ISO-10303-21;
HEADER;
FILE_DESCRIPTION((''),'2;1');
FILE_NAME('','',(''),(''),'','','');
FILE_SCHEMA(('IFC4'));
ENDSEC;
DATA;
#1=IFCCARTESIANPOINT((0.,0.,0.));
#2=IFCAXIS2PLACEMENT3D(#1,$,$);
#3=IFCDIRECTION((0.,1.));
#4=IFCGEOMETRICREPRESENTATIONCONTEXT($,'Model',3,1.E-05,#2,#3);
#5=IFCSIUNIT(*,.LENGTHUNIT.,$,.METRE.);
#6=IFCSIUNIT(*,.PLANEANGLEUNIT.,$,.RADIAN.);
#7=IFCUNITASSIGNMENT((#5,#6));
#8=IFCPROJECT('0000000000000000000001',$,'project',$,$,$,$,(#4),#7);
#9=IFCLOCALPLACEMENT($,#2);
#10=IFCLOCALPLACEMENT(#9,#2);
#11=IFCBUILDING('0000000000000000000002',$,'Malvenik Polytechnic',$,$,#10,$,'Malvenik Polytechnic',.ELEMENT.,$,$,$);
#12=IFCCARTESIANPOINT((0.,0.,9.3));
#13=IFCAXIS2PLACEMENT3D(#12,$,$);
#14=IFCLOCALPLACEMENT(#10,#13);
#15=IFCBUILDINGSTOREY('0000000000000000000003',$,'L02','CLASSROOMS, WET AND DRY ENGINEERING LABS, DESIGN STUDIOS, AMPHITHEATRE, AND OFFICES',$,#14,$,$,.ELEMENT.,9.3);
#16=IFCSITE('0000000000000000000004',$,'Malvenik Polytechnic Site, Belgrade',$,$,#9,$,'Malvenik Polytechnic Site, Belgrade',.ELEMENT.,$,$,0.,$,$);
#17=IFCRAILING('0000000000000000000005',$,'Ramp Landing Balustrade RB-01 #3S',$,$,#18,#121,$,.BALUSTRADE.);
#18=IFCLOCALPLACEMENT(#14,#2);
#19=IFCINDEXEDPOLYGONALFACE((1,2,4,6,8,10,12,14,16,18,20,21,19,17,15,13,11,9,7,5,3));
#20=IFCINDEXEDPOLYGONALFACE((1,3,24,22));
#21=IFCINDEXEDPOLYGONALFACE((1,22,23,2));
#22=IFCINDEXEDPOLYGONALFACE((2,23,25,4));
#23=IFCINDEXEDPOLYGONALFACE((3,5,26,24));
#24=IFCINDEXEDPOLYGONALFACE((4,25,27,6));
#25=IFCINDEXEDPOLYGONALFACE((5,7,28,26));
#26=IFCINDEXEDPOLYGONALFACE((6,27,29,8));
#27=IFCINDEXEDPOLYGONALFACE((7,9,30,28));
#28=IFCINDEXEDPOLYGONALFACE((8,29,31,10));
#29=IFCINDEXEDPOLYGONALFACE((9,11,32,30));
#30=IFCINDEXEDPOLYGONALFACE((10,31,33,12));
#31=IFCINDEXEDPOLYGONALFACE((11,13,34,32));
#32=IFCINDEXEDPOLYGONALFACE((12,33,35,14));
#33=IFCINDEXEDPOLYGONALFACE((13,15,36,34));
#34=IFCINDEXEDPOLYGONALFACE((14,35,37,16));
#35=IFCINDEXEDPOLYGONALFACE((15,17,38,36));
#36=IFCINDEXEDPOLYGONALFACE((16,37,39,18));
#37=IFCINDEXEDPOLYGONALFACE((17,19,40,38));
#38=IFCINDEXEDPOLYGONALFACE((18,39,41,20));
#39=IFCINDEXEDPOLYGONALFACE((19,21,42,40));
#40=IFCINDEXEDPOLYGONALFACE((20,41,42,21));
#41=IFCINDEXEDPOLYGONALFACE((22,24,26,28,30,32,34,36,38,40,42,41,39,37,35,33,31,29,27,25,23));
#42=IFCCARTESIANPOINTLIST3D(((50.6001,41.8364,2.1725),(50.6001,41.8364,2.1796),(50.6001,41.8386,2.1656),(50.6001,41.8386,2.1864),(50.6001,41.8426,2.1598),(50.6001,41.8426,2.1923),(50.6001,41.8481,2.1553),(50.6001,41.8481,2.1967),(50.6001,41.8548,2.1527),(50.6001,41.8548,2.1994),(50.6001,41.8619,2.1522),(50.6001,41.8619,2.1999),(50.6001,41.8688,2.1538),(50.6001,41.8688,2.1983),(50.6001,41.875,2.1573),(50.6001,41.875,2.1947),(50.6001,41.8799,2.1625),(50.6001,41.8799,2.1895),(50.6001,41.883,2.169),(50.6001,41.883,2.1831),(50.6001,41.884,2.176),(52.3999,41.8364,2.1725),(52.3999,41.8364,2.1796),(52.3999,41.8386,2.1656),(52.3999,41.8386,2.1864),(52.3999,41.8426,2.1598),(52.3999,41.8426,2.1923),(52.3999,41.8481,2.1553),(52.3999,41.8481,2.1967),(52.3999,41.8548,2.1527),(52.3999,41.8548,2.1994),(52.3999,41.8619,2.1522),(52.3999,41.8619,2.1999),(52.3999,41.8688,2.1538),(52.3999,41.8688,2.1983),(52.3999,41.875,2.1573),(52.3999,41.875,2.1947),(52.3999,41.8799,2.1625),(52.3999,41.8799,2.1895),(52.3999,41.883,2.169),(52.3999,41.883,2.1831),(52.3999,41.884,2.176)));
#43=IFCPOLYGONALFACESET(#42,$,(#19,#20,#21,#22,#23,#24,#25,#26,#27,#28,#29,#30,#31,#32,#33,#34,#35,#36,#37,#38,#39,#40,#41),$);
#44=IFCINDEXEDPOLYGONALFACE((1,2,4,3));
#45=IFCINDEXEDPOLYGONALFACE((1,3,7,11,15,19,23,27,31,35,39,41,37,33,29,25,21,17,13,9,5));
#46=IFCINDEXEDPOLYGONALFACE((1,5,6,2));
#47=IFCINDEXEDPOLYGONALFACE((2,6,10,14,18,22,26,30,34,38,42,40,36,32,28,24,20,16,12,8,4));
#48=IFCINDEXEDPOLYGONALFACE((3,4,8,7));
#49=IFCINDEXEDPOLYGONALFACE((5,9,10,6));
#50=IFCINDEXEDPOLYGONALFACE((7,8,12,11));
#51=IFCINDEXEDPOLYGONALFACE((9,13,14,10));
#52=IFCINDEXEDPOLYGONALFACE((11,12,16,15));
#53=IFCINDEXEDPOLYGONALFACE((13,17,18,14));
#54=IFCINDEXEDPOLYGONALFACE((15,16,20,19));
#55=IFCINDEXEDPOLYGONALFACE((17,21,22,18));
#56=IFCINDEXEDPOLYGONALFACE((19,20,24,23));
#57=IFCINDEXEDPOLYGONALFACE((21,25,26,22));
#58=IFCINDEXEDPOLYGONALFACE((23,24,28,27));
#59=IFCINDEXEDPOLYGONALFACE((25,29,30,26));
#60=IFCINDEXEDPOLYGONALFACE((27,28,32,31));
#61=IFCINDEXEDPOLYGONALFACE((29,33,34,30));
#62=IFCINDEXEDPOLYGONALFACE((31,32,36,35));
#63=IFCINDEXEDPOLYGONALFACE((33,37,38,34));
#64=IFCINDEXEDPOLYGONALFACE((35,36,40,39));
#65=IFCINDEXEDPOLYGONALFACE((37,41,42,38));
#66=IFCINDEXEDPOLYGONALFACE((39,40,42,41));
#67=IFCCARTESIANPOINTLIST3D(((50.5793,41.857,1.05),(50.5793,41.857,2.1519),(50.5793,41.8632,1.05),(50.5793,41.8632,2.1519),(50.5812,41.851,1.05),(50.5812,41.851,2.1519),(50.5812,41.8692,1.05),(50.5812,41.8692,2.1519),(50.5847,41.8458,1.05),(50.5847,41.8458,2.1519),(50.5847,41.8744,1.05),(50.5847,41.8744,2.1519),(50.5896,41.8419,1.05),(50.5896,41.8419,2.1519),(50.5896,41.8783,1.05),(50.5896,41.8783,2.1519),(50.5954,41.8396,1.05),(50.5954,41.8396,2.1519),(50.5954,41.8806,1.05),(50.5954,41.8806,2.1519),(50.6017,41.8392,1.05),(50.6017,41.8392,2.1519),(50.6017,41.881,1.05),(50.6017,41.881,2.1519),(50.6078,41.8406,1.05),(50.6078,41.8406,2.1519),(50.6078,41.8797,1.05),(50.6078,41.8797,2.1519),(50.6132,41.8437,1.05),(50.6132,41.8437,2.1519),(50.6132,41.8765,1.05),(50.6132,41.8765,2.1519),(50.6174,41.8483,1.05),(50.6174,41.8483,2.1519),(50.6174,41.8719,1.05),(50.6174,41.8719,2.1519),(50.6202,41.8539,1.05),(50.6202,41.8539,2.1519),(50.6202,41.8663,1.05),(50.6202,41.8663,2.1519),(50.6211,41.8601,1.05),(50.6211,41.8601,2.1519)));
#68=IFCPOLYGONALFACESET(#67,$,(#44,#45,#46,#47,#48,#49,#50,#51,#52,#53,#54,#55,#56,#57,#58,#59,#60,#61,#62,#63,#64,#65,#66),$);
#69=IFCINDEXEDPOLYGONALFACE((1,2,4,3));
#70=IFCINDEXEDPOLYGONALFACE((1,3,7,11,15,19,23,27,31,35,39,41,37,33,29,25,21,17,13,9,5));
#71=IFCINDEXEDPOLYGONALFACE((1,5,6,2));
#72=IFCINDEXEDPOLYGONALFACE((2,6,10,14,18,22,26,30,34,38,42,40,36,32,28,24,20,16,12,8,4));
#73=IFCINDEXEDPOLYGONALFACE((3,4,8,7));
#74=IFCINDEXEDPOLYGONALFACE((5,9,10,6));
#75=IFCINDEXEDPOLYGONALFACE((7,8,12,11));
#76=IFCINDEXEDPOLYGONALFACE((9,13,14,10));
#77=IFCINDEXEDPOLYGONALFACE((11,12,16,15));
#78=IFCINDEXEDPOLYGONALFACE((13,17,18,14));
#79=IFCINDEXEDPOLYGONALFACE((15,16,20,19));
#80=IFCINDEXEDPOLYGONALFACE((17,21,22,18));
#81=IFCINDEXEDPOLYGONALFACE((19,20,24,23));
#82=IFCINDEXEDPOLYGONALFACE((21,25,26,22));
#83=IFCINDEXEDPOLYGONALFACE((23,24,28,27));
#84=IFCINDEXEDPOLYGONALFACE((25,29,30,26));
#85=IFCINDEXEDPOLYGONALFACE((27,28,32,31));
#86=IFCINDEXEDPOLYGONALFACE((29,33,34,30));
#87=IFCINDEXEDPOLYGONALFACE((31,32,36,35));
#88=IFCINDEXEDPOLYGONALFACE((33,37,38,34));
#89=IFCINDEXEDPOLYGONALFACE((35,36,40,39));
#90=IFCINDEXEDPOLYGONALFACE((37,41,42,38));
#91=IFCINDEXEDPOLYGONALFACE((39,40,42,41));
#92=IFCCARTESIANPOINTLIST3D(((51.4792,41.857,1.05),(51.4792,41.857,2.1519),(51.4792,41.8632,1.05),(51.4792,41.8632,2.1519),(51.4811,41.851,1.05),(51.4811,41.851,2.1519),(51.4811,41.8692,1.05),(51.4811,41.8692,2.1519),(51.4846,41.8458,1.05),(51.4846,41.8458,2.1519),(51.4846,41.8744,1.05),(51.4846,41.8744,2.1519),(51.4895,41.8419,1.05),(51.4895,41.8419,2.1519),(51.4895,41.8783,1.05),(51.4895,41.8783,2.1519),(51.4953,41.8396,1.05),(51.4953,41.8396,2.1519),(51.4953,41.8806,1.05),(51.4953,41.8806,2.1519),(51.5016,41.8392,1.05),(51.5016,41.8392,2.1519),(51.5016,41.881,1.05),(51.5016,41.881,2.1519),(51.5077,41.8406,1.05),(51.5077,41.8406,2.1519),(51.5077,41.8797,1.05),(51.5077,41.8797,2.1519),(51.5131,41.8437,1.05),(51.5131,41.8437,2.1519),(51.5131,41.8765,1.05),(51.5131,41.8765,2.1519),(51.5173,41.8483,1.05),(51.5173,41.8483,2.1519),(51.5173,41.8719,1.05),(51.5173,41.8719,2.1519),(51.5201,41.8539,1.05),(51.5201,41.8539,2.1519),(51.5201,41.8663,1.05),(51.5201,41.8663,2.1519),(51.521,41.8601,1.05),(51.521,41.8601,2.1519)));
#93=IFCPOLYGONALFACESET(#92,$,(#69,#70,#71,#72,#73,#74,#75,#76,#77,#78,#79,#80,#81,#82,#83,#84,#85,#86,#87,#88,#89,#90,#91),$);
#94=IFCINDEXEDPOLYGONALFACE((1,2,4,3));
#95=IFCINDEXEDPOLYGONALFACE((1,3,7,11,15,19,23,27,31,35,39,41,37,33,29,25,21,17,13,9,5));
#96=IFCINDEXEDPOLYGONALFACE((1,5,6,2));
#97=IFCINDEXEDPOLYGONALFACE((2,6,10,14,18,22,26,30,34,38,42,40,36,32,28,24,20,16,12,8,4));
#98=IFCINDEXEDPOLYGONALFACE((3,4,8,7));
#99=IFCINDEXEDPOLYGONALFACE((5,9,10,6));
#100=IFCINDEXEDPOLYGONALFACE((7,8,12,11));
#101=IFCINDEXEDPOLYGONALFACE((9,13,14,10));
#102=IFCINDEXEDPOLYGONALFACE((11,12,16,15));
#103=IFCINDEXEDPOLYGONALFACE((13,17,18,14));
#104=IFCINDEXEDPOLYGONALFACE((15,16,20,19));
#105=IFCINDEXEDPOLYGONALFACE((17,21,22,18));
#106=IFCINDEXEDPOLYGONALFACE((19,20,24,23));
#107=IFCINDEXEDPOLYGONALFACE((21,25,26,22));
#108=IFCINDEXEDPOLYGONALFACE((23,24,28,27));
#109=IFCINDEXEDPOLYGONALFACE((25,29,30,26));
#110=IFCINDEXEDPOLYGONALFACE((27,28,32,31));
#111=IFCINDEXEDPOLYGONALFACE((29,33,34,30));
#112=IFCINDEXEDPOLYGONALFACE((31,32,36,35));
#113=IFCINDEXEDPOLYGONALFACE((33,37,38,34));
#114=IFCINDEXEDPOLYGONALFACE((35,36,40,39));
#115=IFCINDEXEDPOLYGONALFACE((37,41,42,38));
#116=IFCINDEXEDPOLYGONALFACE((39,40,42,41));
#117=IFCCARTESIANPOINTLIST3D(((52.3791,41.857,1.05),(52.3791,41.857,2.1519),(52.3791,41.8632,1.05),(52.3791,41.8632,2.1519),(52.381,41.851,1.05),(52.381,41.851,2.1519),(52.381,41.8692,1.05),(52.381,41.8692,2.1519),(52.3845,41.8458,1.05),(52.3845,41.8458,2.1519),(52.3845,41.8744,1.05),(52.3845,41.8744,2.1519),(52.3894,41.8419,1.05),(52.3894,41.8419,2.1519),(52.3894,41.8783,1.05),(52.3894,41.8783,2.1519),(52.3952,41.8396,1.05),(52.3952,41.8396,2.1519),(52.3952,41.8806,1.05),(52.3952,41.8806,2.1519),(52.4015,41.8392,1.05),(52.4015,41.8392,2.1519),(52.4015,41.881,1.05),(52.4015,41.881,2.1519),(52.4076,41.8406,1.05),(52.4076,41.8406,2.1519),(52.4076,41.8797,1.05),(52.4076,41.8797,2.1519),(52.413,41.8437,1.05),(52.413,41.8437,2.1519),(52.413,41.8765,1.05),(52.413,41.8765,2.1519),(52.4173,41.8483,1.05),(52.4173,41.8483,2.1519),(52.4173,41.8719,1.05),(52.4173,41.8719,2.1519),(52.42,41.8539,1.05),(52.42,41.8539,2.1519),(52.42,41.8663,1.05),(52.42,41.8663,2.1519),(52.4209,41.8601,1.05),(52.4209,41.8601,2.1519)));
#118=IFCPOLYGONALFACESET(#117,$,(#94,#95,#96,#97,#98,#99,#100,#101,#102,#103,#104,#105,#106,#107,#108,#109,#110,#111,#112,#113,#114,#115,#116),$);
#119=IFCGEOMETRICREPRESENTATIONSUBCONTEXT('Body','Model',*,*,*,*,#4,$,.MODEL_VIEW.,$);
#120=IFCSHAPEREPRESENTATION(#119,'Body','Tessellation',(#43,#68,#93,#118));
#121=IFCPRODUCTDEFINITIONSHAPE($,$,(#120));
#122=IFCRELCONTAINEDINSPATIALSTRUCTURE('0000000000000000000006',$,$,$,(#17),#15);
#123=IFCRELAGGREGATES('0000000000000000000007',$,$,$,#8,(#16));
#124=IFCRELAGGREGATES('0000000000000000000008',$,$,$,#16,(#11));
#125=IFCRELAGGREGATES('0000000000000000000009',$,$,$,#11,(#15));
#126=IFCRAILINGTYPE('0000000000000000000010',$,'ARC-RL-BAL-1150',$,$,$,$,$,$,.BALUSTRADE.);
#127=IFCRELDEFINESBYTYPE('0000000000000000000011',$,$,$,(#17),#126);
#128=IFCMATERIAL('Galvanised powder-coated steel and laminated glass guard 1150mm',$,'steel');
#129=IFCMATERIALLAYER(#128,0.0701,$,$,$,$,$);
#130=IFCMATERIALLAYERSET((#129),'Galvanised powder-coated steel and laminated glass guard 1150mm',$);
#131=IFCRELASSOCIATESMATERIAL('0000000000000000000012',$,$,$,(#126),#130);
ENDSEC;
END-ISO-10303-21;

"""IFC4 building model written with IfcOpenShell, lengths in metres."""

from ifc_helpers import new_model, si_unit, direction, frame, origin, origin_2d, place, context, subcontext, project, spatial, circle, extrude, material, layer, layer_set, type_object, element, save


model = new_model("IFC4")

# Units and contexts
model_context = context("Model", 3, precision=1e-05, world=origin(), true_north=direction((0.0, 1.0)))
body_context = subcontext(model_context, "Body", "Model", "MODEL_VIEW")
ifc_project = project(units=[si_unit("LENGTHUNIT", "METRE"), si_unit("PLANEANGLEUNIT", "RADIAN")], contexts=[model_context])

# Site, building, storey
site_placement = place(None, origin())
site = spatial("IfcSite", under=ifc_project, at=site_placement, Name="Malvenik Polytechnic Site, Belgrade", LongName="Malvenik Polytechnic Site, Belgrade", CompositionType="ELEMENT", RefElevation=0.0)
building_placement = place(site_placement, origin())
building = spatial("IfcBuilding", under=site, at=building_placement, Name="Malvenik Polytechnic", LongName="Malvenik Polytechnic", CompositionType="ELEMENT")
storey_placement = place(building_placement, frame((0.0, 0.0, 9.3)))
storey = spatial("IfcBuildingStorey", under=building, at=storey_placement, Name="L02", Description="CLASSROOMS, WET AND DRY ENGINEERING LABS, DESIGN STUDIOS, AMPHITHEATRE, AND OFFICES", CompositionType="ELEMENT", Elevation=9.3)

# Railing
ifc_material_1 = material(Name="Galvanised powder-coated steel and laminated glass guard 1150mm", Category="steel")
ifc_layer_1 = layer(ifc_material_1, 0.0701)
ifc_layer_set_1 = layer_set([ifc_layer_1], Name="Galvanised powder-coated steel and laminated glass guard 1150mm")
railing_type_1 = type_object("IfcRailingType", Name="ARC-RL-BAL-1150", PredefinedType="BALUSTRADE", material=ifc_layer_set_1)
railing_1_placement = place(storey_placement, frame((50.6001, 41.8601, 1.05)))
element("IfcRailing", 1, at=railing_1_placement, inside=storey, type_object=railing_type_1, Name="Ramp Landing Balustrade RB-01 #3S", PredefinedType="BALUSTRADE", context=body_context, shape_type="SweptSolid", body=[
    extrude(circle(Radius=0.0239, at=origin_2d()), frame((0.0, 0.0, 1.126), z_axis=(1.0, 0.0, 0.0), x_axis=(0.0, 1.0, 0.0)), (0.0, 0.0, 1.0), 1.7998),
    extrude(circle(Radius=0.021, at=origin_2d()), origin(), (0.0, 0.0, 1.0), 1.1018),
    extrude(circle(Radius=0.021, at=origin_2d()), frame((0.8999, 0.0, 0.0)), (0.0, 0.0, 1.0), 1.1018),
    extrude(circle(Radius=0.021, at=origin_2d()), frame((1.7998, 0.0, 0.0)), (0.0, 0.0, 1.0), 1.1018),
])

save(model, "model.ifc")
